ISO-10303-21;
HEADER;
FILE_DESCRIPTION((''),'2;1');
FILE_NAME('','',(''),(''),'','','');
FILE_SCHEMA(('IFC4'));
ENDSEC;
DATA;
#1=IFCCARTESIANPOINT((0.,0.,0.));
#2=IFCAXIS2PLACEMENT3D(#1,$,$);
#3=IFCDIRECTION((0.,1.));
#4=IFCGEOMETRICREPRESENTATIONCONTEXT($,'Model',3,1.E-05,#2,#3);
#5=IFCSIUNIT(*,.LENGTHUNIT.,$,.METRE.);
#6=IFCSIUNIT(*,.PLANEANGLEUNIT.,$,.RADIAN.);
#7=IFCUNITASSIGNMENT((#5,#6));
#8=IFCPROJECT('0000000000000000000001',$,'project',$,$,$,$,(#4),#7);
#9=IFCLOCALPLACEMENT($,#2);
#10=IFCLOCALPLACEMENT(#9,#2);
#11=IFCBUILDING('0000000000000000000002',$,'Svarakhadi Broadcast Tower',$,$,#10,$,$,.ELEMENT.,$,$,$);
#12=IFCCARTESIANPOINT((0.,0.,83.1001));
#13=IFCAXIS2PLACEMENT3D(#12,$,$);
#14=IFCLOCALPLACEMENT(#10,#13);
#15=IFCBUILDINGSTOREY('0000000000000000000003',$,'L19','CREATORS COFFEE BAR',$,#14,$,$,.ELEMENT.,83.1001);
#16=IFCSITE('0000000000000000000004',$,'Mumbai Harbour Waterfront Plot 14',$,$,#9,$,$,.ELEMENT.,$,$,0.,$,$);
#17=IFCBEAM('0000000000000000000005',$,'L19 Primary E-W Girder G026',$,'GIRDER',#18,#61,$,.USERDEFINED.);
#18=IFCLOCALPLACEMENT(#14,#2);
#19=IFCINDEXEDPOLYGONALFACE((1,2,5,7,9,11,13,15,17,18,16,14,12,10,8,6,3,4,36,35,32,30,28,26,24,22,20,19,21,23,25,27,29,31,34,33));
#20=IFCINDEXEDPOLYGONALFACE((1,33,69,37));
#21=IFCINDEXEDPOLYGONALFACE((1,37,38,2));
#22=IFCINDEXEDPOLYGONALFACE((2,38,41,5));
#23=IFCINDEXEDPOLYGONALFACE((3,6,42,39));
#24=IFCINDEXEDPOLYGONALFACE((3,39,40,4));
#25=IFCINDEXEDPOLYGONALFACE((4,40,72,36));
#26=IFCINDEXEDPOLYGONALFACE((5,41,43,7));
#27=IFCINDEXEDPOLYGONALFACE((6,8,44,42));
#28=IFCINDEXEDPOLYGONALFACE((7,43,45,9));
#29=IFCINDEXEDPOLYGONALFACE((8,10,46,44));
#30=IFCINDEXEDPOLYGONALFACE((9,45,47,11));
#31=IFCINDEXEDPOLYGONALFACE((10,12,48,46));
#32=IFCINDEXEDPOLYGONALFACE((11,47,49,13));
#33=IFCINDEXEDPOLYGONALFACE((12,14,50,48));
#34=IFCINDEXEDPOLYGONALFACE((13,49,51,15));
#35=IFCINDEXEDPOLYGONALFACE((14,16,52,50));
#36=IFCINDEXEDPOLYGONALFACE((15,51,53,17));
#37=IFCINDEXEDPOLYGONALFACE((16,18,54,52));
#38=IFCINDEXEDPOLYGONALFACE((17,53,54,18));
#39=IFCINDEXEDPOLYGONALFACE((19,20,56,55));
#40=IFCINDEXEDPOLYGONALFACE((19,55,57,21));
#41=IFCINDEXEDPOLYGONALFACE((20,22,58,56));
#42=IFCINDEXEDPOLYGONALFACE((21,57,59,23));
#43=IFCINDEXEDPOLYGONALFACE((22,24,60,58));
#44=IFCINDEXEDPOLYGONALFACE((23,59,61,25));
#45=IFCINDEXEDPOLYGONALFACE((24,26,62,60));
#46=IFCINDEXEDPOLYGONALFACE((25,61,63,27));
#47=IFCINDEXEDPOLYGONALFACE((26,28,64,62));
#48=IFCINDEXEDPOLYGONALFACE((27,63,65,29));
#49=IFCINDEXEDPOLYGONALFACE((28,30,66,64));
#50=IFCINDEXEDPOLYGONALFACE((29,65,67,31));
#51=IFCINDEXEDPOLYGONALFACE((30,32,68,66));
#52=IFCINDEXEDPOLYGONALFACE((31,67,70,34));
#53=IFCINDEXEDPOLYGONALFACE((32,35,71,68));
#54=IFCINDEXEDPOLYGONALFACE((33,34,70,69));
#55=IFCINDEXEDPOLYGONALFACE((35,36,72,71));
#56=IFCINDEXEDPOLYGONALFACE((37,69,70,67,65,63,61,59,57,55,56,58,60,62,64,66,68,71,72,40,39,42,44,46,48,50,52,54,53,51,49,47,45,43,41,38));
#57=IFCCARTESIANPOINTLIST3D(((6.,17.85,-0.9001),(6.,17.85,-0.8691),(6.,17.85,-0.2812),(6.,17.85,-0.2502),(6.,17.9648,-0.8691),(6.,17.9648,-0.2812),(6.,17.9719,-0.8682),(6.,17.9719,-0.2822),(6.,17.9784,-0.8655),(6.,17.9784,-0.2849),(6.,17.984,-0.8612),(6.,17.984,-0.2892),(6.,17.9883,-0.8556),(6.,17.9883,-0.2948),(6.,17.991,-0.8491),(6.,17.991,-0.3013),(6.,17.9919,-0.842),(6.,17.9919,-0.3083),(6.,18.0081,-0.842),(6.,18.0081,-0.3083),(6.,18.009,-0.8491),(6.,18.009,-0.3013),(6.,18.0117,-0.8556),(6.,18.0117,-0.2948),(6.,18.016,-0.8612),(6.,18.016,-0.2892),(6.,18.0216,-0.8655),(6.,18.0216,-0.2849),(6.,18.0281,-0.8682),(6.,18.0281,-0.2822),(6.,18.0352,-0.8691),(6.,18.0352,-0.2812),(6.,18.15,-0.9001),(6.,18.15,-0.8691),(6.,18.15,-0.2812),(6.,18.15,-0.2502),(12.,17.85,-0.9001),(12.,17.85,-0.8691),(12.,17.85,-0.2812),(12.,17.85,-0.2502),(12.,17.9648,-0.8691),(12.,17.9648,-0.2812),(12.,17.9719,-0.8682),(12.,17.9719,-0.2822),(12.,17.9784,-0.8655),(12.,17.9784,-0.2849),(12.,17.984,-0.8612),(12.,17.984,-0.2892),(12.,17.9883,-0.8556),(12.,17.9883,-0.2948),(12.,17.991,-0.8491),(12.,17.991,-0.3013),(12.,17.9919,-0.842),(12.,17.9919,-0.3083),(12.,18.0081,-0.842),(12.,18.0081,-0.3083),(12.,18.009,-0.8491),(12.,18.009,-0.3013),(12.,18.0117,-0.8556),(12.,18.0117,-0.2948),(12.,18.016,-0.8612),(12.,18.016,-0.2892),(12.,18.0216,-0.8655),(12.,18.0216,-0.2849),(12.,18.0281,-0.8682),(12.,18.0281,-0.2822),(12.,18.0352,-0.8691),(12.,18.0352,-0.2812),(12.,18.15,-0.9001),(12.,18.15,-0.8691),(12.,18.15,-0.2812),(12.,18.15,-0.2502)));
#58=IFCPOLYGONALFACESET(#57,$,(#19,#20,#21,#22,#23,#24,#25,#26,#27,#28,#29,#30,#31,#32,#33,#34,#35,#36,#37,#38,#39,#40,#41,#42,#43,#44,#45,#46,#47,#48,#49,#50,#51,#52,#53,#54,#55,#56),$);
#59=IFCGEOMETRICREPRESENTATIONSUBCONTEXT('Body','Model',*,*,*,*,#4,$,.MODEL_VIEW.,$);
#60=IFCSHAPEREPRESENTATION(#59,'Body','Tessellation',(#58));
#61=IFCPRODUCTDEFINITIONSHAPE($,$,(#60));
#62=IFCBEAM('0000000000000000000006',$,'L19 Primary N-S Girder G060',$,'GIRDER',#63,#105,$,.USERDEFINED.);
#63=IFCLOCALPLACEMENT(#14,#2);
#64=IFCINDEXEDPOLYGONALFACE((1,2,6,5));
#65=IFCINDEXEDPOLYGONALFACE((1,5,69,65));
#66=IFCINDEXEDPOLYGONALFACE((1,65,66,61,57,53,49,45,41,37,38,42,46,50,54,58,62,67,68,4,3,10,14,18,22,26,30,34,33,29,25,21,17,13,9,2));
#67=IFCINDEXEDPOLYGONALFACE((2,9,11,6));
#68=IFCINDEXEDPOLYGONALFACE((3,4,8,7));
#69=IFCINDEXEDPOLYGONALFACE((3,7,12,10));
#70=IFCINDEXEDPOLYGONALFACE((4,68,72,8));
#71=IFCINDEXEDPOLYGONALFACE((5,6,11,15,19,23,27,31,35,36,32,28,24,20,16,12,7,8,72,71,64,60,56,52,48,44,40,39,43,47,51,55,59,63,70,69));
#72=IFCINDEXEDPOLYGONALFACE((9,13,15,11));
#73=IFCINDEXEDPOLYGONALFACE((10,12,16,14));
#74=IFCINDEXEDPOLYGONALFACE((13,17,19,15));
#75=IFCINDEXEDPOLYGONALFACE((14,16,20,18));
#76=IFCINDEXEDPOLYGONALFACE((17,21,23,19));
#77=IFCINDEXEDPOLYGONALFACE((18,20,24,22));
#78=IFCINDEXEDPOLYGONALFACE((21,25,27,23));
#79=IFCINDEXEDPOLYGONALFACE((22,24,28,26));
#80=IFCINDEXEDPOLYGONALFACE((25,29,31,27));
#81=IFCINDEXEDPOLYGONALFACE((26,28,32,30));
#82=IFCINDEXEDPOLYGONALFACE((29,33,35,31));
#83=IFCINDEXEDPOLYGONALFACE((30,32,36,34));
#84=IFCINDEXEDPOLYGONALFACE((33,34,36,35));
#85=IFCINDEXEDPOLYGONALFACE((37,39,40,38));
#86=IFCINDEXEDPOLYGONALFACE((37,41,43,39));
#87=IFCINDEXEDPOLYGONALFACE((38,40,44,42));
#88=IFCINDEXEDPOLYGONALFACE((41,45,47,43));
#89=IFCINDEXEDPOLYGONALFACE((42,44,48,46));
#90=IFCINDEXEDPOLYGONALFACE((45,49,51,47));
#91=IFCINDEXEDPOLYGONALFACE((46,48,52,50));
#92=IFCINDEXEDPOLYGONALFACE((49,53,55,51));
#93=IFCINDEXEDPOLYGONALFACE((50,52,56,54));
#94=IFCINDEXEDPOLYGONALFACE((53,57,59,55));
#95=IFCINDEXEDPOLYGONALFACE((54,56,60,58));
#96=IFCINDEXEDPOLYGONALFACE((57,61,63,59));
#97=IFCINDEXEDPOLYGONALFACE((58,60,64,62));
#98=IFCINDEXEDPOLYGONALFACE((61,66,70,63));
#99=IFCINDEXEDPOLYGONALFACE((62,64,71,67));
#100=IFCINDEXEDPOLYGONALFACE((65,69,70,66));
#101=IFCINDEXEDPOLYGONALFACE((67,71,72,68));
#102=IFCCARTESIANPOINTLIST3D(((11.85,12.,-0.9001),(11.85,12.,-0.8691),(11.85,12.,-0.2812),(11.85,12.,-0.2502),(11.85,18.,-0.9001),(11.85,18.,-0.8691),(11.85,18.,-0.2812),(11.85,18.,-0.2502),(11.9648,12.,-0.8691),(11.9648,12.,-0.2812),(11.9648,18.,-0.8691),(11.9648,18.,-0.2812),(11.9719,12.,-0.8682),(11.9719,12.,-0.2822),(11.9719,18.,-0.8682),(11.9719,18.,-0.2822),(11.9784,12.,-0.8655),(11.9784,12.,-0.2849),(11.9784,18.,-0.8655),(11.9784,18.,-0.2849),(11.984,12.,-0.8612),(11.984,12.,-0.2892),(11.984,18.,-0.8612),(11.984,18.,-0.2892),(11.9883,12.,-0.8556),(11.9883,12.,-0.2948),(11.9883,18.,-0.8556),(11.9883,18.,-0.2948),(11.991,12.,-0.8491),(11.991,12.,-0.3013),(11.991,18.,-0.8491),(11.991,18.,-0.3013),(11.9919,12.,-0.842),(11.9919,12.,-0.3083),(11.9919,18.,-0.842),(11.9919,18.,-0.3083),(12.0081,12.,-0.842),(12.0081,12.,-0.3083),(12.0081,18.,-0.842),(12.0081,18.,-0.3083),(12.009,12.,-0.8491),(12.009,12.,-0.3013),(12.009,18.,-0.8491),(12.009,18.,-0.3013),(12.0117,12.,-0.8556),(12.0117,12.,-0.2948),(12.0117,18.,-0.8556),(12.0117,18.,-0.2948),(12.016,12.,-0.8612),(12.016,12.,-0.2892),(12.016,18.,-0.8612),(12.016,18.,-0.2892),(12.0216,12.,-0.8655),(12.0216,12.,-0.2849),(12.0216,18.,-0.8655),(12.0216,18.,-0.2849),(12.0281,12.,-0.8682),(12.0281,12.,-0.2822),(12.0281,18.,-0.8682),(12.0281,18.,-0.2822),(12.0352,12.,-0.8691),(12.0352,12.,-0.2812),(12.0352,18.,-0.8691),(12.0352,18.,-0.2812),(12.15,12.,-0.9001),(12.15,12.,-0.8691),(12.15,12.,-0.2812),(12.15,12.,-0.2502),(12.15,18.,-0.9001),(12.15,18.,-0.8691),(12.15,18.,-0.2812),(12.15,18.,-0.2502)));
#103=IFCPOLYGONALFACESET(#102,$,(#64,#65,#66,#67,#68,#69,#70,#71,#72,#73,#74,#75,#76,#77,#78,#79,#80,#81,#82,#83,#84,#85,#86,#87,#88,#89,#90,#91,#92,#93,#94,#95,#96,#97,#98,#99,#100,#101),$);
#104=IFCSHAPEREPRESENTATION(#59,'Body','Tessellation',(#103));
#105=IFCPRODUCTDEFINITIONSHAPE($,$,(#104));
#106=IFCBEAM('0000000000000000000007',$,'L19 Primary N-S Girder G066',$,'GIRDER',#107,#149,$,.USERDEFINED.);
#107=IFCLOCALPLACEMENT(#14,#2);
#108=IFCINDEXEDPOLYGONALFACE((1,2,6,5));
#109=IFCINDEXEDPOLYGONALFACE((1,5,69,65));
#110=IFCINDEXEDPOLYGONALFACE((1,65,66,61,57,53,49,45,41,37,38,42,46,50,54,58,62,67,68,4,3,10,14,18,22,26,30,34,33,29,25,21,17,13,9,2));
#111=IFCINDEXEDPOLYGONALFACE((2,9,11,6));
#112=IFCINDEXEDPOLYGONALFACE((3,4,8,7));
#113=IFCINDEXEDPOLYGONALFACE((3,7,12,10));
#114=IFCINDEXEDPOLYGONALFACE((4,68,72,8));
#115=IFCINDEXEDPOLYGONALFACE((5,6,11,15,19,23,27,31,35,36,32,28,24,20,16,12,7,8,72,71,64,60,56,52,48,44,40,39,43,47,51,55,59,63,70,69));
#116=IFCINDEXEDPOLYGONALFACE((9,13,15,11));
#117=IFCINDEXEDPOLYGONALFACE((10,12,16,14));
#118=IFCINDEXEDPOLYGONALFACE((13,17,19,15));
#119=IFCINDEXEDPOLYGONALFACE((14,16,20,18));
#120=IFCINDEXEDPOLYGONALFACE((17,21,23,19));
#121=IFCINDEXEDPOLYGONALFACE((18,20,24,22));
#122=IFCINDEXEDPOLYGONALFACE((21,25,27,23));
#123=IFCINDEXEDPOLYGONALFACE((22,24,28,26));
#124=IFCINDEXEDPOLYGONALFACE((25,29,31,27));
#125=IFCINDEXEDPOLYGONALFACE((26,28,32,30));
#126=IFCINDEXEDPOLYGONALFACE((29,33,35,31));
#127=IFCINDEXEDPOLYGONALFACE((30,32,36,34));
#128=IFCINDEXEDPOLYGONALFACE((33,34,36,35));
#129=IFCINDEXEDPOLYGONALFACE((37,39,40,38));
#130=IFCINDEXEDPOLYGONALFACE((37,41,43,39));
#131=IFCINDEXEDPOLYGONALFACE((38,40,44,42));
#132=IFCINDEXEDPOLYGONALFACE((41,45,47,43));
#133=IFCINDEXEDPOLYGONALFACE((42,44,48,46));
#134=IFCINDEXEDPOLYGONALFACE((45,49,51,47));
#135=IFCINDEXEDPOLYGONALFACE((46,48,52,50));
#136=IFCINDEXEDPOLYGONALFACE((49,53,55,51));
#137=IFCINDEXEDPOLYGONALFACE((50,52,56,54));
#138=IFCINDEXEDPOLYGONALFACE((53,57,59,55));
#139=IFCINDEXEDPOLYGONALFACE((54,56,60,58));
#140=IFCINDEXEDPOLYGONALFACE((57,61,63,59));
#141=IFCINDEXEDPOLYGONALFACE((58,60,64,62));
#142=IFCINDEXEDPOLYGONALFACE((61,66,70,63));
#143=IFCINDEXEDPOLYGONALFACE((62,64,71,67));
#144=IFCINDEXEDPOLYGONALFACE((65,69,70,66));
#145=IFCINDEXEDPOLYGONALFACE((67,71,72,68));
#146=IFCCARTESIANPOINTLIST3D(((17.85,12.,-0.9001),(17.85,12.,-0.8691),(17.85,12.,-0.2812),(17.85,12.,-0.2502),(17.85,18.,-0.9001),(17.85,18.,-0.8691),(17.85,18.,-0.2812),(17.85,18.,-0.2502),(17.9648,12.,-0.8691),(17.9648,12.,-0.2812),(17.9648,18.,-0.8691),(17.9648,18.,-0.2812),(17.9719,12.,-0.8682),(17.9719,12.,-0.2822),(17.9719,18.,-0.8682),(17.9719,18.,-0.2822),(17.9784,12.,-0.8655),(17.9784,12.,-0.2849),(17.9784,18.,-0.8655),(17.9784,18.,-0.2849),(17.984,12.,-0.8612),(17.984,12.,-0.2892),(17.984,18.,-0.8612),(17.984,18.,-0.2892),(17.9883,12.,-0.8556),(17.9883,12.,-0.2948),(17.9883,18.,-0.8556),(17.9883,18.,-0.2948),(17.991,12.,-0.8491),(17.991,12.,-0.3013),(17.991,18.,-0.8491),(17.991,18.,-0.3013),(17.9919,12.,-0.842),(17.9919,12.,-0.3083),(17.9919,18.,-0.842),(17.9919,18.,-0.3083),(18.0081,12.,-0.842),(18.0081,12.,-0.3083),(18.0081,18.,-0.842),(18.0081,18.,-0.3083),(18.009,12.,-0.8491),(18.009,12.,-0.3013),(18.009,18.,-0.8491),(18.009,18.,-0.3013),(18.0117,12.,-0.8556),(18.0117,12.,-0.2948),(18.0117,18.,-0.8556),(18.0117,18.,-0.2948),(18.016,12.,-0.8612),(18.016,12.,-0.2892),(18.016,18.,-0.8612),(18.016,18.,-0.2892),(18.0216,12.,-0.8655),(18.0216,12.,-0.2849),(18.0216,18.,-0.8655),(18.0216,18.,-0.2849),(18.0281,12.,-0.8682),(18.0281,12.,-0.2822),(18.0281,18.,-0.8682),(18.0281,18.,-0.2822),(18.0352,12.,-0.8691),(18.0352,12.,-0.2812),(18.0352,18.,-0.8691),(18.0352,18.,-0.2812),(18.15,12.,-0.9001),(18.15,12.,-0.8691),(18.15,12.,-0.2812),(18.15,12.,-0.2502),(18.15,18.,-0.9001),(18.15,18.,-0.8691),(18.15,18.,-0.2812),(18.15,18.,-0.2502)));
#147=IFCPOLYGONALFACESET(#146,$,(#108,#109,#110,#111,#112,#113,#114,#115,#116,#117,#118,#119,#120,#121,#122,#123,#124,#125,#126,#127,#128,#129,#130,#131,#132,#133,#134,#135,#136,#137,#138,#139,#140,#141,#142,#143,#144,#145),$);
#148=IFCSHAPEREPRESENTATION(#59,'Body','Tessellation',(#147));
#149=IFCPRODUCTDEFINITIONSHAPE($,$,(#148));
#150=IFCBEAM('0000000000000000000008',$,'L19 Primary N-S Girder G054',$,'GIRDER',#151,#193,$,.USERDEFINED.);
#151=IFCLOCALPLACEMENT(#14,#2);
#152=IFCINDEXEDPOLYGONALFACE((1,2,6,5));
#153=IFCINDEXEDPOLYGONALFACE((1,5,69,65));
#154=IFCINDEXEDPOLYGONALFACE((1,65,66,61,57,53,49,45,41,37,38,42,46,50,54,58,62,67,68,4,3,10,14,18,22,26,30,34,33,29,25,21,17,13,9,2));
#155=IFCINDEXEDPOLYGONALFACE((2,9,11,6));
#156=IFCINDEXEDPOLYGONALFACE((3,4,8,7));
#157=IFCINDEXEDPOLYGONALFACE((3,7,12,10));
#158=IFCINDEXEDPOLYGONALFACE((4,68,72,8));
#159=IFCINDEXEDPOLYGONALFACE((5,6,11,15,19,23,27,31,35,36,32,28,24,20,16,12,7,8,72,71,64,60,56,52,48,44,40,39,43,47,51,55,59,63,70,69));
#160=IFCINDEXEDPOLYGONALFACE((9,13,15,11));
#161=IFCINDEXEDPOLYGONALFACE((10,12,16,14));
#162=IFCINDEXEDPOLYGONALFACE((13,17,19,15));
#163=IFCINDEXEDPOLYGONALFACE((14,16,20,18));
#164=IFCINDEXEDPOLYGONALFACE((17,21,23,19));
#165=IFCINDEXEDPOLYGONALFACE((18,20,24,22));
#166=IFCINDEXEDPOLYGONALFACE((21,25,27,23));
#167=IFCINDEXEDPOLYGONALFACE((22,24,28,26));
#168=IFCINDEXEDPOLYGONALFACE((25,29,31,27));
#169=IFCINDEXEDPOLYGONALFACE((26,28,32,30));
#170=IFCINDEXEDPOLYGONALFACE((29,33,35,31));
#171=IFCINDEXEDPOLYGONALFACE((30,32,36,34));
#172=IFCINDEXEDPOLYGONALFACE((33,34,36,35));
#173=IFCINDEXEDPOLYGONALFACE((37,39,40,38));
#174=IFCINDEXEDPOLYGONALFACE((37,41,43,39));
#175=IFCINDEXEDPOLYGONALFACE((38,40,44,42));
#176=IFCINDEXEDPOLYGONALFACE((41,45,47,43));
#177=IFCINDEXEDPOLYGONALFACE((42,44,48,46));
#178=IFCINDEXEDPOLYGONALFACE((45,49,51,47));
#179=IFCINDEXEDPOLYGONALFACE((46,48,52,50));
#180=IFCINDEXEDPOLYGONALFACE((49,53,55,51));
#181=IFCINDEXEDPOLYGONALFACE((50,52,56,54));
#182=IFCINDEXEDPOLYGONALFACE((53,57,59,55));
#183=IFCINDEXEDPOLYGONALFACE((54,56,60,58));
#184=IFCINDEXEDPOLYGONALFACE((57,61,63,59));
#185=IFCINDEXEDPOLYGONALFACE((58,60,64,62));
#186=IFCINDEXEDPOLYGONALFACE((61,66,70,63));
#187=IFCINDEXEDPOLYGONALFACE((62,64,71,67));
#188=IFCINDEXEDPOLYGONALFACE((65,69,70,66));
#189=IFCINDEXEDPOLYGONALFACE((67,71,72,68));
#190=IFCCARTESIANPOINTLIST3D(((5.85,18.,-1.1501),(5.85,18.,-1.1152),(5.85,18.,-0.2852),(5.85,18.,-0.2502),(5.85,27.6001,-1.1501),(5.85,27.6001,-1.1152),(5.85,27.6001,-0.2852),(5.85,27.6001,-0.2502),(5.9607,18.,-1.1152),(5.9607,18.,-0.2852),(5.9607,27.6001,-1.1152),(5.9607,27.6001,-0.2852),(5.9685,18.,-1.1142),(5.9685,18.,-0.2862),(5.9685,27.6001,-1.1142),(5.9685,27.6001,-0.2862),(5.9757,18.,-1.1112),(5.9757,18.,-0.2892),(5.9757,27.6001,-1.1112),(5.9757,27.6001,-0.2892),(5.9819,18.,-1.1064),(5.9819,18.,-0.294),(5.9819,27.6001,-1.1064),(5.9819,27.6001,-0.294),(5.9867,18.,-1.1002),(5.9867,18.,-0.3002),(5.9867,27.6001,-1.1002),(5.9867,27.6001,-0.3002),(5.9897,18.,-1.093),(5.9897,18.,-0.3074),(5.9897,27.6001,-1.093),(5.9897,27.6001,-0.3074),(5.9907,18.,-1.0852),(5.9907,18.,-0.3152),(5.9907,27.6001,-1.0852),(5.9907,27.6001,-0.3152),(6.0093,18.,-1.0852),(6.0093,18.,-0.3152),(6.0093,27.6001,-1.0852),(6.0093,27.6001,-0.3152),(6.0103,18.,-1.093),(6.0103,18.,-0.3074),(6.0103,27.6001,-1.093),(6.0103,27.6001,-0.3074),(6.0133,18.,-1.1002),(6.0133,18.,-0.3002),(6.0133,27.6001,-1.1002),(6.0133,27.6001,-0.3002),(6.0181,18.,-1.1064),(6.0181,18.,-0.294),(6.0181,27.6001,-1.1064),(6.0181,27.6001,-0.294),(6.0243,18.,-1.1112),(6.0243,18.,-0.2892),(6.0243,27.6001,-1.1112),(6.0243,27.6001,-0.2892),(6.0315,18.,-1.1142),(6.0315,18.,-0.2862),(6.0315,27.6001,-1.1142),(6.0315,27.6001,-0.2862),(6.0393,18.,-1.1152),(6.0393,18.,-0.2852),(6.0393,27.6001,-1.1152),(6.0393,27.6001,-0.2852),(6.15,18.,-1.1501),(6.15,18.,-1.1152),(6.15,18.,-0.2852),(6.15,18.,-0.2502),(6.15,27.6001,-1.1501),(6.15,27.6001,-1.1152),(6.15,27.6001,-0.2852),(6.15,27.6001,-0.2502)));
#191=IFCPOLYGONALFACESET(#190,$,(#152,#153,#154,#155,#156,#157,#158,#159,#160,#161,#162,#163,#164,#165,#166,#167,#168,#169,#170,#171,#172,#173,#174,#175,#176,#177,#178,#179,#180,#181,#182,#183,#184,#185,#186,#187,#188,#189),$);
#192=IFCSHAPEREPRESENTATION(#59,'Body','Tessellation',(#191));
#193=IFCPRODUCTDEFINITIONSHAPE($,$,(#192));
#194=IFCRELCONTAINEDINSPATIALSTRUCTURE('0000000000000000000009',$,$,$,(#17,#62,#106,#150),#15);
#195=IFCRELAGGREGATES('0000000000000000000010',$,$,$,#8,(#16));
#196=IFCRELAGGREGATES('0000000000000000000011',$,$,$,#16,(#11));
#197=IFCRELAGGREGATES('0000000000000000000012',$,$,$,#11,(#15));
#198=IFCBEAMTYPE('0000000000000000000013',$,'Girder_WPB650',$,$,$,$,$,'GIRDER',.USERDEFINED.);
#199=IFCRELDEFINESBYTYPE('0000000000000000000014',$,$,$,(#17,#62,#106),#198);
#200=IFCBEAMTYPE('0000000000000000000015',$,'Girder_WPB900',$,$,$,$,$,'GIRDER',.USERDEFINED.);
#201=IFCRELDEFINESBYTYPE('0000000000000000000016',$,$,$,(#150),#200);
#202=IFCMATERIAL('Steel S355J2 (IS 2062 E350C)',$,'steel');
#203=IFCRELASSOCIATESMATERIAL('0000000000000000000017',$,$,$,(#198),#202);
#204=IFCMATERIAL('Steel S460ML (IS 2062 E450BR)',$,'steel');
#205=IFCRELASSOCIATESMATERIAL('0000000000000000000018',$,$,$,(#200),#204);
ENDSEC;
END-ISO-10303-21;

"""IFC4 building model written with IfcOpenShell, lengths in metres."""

from ifc_helpers import new_model, si_unit, direction, frame, origin, origin_2d, place, context, subcontext, project, spatial, i_section, extrude, material, material_profile, profile_set, type_object, element, save


model = new_model("IFC4")

# Units and contexts
model_context = context("Model", 3, precision=1e-05, world=origin(), true_north=direction((0.0, 1.0)))
body_context = subcontext(model_context, "Body", "Model", "MODEL_VIEW")
ifc_project = project(units=[si_unit("LENGTHUNIT", "METRE"), si_unit("PLANEANGLEUNIT", "RADIAN")], contexts=[model_context])

# Site, building, storey
site_placement = place(None, origin())
site = spatial("IfcSite", under=ifc_project, at=site_placement, Name="Mumbai Harbour Waterfront Plot 14", CompositionType="ELEMENT", RefElevation=0.0)
building_placement = place(site_placement, origin())
building = spatial("IfcBuilding", under=site, at=building_placement, Name="Svarakhadi Broadcast Tower", CompositionType="ELEMENT")
storey_placement = place(building_placement, frame((0.0, 0.0, 83.1001)))
storey = spatial("IfcBuildingStorey", under=building, at=storey_placement, Name="L19", Description="CREATORS COFFEE BAR", CompositionType="ELEMENT", Elevation=83.1001)

# Shared definitions
ifc_material_1 = material(Name="Steel S460ML (IS 2062 E450BR)", Category="steel")

# Beams
ifc_material_2 = material(Name="Steel S355J2 (IS 2062 E350C)", Category="steel")
ifc_material_profile_1 = material_profile(ifc_material_2, i_section(OverallWidth=0.3, OverallDepth=0.6499, WebThickness=0.0161, FlangeThickness=0.031, FilletRadius=0.0271, at=origin_2d()), Name="WPB 650x300x225")
ifc_profile_set_1 = profile_set([ifc_material_profile_1], Name="Steel S355J2 (IS 2062 E350C)")
beam_type_1 = type_object("IfcBeamType", Name="Girder_WPB650", ElementType="GIRDER", PredefinedType="USERDEFINED", material=ifc_profile_set_1)
for number, where, z_axis, x_axis, name in (
    (1, (6.0, 18.0, -0.5752), (1.0, 0.0, 0.0), (0.0, 1.0, 0.0), "L19 Primary E-W Girder G026"),
    (2, (12.0, 12.0, -0.5752), (0.0, 1.0, 0.0), (-1.0, 0.0, 0.0), "L19 Primary N-S Girder G060"),
    (3, (18.0, 12.0, -0.5752), (0.0, 1.0, 0.0), (-1.0, 0.0, 0.0), "L19 Primary N-S Girder G066"),
):
    element("IfcBeam", number, at=place(storey_placement, frame(where, z_axis=z_axis, x_axis=x_axis)), inside=storey, type_object=beam_type_1, Name=name, ObjectType="GIRDER", PredefinedType="USERDEFINED", context=body_context, shape_type="SweptSolid", body=[
        extrude(i_section(OverallWidth=0.3, OverallDepth=0.6499, WebThickness=0.0161, FlangeThickness=0.031, FilletRadius=0.0271, at=origin_2d()), origin(), (0.0, 0.0, 1.0), 6.0),
    ])
ifc_material_profile_2 = material_profile(ifc_material_1, i_section(OverallWidth=0.3, OverallDepth=0.8999, WebThickness=0.0186, FlangeThickness=0.0349, FilletRadius=0.03, at=origin_2d()), Name="WPB 900x300x291")
ifc_profile_set_2 = profile_set([ifc_material_profile_2], Name="Steel S460ML (IS 2062 E450BR)")
beam_type_2 = type_object("IfcBeamType", Name="Girder_WPB900", ElementType="GIRDER", PredefinedType="USERDEFINED", material=ifc_profile_set_2)
beam_placement = place(storey_placement, frame((6.0, 18.0, -0.7002), z_axis=(0.0, 1.0, 0.0), x_axis=(-1.0, 0.0, 0.0)))
element("IfcBeam", 4, at=beam_placement, inside=storey, type_object=beam_type_2, Name="L19 Primary N-S Girder G054", ObjectType="GIRDER", PredefinedType="USERDEFINED", context=body_context, shape_type="SweptSolid", body=[
    extrude(i_section(OverallWidth=0.3, OverallDepth=0.8999, WebThickness=0.0186, FlangeThickness=0.0349, FilletRadius=0.03, at=origin_2d()), origin(), (0.0, 0.0, 1.0), 9.6001),
])

save(model, "model.ifc")
